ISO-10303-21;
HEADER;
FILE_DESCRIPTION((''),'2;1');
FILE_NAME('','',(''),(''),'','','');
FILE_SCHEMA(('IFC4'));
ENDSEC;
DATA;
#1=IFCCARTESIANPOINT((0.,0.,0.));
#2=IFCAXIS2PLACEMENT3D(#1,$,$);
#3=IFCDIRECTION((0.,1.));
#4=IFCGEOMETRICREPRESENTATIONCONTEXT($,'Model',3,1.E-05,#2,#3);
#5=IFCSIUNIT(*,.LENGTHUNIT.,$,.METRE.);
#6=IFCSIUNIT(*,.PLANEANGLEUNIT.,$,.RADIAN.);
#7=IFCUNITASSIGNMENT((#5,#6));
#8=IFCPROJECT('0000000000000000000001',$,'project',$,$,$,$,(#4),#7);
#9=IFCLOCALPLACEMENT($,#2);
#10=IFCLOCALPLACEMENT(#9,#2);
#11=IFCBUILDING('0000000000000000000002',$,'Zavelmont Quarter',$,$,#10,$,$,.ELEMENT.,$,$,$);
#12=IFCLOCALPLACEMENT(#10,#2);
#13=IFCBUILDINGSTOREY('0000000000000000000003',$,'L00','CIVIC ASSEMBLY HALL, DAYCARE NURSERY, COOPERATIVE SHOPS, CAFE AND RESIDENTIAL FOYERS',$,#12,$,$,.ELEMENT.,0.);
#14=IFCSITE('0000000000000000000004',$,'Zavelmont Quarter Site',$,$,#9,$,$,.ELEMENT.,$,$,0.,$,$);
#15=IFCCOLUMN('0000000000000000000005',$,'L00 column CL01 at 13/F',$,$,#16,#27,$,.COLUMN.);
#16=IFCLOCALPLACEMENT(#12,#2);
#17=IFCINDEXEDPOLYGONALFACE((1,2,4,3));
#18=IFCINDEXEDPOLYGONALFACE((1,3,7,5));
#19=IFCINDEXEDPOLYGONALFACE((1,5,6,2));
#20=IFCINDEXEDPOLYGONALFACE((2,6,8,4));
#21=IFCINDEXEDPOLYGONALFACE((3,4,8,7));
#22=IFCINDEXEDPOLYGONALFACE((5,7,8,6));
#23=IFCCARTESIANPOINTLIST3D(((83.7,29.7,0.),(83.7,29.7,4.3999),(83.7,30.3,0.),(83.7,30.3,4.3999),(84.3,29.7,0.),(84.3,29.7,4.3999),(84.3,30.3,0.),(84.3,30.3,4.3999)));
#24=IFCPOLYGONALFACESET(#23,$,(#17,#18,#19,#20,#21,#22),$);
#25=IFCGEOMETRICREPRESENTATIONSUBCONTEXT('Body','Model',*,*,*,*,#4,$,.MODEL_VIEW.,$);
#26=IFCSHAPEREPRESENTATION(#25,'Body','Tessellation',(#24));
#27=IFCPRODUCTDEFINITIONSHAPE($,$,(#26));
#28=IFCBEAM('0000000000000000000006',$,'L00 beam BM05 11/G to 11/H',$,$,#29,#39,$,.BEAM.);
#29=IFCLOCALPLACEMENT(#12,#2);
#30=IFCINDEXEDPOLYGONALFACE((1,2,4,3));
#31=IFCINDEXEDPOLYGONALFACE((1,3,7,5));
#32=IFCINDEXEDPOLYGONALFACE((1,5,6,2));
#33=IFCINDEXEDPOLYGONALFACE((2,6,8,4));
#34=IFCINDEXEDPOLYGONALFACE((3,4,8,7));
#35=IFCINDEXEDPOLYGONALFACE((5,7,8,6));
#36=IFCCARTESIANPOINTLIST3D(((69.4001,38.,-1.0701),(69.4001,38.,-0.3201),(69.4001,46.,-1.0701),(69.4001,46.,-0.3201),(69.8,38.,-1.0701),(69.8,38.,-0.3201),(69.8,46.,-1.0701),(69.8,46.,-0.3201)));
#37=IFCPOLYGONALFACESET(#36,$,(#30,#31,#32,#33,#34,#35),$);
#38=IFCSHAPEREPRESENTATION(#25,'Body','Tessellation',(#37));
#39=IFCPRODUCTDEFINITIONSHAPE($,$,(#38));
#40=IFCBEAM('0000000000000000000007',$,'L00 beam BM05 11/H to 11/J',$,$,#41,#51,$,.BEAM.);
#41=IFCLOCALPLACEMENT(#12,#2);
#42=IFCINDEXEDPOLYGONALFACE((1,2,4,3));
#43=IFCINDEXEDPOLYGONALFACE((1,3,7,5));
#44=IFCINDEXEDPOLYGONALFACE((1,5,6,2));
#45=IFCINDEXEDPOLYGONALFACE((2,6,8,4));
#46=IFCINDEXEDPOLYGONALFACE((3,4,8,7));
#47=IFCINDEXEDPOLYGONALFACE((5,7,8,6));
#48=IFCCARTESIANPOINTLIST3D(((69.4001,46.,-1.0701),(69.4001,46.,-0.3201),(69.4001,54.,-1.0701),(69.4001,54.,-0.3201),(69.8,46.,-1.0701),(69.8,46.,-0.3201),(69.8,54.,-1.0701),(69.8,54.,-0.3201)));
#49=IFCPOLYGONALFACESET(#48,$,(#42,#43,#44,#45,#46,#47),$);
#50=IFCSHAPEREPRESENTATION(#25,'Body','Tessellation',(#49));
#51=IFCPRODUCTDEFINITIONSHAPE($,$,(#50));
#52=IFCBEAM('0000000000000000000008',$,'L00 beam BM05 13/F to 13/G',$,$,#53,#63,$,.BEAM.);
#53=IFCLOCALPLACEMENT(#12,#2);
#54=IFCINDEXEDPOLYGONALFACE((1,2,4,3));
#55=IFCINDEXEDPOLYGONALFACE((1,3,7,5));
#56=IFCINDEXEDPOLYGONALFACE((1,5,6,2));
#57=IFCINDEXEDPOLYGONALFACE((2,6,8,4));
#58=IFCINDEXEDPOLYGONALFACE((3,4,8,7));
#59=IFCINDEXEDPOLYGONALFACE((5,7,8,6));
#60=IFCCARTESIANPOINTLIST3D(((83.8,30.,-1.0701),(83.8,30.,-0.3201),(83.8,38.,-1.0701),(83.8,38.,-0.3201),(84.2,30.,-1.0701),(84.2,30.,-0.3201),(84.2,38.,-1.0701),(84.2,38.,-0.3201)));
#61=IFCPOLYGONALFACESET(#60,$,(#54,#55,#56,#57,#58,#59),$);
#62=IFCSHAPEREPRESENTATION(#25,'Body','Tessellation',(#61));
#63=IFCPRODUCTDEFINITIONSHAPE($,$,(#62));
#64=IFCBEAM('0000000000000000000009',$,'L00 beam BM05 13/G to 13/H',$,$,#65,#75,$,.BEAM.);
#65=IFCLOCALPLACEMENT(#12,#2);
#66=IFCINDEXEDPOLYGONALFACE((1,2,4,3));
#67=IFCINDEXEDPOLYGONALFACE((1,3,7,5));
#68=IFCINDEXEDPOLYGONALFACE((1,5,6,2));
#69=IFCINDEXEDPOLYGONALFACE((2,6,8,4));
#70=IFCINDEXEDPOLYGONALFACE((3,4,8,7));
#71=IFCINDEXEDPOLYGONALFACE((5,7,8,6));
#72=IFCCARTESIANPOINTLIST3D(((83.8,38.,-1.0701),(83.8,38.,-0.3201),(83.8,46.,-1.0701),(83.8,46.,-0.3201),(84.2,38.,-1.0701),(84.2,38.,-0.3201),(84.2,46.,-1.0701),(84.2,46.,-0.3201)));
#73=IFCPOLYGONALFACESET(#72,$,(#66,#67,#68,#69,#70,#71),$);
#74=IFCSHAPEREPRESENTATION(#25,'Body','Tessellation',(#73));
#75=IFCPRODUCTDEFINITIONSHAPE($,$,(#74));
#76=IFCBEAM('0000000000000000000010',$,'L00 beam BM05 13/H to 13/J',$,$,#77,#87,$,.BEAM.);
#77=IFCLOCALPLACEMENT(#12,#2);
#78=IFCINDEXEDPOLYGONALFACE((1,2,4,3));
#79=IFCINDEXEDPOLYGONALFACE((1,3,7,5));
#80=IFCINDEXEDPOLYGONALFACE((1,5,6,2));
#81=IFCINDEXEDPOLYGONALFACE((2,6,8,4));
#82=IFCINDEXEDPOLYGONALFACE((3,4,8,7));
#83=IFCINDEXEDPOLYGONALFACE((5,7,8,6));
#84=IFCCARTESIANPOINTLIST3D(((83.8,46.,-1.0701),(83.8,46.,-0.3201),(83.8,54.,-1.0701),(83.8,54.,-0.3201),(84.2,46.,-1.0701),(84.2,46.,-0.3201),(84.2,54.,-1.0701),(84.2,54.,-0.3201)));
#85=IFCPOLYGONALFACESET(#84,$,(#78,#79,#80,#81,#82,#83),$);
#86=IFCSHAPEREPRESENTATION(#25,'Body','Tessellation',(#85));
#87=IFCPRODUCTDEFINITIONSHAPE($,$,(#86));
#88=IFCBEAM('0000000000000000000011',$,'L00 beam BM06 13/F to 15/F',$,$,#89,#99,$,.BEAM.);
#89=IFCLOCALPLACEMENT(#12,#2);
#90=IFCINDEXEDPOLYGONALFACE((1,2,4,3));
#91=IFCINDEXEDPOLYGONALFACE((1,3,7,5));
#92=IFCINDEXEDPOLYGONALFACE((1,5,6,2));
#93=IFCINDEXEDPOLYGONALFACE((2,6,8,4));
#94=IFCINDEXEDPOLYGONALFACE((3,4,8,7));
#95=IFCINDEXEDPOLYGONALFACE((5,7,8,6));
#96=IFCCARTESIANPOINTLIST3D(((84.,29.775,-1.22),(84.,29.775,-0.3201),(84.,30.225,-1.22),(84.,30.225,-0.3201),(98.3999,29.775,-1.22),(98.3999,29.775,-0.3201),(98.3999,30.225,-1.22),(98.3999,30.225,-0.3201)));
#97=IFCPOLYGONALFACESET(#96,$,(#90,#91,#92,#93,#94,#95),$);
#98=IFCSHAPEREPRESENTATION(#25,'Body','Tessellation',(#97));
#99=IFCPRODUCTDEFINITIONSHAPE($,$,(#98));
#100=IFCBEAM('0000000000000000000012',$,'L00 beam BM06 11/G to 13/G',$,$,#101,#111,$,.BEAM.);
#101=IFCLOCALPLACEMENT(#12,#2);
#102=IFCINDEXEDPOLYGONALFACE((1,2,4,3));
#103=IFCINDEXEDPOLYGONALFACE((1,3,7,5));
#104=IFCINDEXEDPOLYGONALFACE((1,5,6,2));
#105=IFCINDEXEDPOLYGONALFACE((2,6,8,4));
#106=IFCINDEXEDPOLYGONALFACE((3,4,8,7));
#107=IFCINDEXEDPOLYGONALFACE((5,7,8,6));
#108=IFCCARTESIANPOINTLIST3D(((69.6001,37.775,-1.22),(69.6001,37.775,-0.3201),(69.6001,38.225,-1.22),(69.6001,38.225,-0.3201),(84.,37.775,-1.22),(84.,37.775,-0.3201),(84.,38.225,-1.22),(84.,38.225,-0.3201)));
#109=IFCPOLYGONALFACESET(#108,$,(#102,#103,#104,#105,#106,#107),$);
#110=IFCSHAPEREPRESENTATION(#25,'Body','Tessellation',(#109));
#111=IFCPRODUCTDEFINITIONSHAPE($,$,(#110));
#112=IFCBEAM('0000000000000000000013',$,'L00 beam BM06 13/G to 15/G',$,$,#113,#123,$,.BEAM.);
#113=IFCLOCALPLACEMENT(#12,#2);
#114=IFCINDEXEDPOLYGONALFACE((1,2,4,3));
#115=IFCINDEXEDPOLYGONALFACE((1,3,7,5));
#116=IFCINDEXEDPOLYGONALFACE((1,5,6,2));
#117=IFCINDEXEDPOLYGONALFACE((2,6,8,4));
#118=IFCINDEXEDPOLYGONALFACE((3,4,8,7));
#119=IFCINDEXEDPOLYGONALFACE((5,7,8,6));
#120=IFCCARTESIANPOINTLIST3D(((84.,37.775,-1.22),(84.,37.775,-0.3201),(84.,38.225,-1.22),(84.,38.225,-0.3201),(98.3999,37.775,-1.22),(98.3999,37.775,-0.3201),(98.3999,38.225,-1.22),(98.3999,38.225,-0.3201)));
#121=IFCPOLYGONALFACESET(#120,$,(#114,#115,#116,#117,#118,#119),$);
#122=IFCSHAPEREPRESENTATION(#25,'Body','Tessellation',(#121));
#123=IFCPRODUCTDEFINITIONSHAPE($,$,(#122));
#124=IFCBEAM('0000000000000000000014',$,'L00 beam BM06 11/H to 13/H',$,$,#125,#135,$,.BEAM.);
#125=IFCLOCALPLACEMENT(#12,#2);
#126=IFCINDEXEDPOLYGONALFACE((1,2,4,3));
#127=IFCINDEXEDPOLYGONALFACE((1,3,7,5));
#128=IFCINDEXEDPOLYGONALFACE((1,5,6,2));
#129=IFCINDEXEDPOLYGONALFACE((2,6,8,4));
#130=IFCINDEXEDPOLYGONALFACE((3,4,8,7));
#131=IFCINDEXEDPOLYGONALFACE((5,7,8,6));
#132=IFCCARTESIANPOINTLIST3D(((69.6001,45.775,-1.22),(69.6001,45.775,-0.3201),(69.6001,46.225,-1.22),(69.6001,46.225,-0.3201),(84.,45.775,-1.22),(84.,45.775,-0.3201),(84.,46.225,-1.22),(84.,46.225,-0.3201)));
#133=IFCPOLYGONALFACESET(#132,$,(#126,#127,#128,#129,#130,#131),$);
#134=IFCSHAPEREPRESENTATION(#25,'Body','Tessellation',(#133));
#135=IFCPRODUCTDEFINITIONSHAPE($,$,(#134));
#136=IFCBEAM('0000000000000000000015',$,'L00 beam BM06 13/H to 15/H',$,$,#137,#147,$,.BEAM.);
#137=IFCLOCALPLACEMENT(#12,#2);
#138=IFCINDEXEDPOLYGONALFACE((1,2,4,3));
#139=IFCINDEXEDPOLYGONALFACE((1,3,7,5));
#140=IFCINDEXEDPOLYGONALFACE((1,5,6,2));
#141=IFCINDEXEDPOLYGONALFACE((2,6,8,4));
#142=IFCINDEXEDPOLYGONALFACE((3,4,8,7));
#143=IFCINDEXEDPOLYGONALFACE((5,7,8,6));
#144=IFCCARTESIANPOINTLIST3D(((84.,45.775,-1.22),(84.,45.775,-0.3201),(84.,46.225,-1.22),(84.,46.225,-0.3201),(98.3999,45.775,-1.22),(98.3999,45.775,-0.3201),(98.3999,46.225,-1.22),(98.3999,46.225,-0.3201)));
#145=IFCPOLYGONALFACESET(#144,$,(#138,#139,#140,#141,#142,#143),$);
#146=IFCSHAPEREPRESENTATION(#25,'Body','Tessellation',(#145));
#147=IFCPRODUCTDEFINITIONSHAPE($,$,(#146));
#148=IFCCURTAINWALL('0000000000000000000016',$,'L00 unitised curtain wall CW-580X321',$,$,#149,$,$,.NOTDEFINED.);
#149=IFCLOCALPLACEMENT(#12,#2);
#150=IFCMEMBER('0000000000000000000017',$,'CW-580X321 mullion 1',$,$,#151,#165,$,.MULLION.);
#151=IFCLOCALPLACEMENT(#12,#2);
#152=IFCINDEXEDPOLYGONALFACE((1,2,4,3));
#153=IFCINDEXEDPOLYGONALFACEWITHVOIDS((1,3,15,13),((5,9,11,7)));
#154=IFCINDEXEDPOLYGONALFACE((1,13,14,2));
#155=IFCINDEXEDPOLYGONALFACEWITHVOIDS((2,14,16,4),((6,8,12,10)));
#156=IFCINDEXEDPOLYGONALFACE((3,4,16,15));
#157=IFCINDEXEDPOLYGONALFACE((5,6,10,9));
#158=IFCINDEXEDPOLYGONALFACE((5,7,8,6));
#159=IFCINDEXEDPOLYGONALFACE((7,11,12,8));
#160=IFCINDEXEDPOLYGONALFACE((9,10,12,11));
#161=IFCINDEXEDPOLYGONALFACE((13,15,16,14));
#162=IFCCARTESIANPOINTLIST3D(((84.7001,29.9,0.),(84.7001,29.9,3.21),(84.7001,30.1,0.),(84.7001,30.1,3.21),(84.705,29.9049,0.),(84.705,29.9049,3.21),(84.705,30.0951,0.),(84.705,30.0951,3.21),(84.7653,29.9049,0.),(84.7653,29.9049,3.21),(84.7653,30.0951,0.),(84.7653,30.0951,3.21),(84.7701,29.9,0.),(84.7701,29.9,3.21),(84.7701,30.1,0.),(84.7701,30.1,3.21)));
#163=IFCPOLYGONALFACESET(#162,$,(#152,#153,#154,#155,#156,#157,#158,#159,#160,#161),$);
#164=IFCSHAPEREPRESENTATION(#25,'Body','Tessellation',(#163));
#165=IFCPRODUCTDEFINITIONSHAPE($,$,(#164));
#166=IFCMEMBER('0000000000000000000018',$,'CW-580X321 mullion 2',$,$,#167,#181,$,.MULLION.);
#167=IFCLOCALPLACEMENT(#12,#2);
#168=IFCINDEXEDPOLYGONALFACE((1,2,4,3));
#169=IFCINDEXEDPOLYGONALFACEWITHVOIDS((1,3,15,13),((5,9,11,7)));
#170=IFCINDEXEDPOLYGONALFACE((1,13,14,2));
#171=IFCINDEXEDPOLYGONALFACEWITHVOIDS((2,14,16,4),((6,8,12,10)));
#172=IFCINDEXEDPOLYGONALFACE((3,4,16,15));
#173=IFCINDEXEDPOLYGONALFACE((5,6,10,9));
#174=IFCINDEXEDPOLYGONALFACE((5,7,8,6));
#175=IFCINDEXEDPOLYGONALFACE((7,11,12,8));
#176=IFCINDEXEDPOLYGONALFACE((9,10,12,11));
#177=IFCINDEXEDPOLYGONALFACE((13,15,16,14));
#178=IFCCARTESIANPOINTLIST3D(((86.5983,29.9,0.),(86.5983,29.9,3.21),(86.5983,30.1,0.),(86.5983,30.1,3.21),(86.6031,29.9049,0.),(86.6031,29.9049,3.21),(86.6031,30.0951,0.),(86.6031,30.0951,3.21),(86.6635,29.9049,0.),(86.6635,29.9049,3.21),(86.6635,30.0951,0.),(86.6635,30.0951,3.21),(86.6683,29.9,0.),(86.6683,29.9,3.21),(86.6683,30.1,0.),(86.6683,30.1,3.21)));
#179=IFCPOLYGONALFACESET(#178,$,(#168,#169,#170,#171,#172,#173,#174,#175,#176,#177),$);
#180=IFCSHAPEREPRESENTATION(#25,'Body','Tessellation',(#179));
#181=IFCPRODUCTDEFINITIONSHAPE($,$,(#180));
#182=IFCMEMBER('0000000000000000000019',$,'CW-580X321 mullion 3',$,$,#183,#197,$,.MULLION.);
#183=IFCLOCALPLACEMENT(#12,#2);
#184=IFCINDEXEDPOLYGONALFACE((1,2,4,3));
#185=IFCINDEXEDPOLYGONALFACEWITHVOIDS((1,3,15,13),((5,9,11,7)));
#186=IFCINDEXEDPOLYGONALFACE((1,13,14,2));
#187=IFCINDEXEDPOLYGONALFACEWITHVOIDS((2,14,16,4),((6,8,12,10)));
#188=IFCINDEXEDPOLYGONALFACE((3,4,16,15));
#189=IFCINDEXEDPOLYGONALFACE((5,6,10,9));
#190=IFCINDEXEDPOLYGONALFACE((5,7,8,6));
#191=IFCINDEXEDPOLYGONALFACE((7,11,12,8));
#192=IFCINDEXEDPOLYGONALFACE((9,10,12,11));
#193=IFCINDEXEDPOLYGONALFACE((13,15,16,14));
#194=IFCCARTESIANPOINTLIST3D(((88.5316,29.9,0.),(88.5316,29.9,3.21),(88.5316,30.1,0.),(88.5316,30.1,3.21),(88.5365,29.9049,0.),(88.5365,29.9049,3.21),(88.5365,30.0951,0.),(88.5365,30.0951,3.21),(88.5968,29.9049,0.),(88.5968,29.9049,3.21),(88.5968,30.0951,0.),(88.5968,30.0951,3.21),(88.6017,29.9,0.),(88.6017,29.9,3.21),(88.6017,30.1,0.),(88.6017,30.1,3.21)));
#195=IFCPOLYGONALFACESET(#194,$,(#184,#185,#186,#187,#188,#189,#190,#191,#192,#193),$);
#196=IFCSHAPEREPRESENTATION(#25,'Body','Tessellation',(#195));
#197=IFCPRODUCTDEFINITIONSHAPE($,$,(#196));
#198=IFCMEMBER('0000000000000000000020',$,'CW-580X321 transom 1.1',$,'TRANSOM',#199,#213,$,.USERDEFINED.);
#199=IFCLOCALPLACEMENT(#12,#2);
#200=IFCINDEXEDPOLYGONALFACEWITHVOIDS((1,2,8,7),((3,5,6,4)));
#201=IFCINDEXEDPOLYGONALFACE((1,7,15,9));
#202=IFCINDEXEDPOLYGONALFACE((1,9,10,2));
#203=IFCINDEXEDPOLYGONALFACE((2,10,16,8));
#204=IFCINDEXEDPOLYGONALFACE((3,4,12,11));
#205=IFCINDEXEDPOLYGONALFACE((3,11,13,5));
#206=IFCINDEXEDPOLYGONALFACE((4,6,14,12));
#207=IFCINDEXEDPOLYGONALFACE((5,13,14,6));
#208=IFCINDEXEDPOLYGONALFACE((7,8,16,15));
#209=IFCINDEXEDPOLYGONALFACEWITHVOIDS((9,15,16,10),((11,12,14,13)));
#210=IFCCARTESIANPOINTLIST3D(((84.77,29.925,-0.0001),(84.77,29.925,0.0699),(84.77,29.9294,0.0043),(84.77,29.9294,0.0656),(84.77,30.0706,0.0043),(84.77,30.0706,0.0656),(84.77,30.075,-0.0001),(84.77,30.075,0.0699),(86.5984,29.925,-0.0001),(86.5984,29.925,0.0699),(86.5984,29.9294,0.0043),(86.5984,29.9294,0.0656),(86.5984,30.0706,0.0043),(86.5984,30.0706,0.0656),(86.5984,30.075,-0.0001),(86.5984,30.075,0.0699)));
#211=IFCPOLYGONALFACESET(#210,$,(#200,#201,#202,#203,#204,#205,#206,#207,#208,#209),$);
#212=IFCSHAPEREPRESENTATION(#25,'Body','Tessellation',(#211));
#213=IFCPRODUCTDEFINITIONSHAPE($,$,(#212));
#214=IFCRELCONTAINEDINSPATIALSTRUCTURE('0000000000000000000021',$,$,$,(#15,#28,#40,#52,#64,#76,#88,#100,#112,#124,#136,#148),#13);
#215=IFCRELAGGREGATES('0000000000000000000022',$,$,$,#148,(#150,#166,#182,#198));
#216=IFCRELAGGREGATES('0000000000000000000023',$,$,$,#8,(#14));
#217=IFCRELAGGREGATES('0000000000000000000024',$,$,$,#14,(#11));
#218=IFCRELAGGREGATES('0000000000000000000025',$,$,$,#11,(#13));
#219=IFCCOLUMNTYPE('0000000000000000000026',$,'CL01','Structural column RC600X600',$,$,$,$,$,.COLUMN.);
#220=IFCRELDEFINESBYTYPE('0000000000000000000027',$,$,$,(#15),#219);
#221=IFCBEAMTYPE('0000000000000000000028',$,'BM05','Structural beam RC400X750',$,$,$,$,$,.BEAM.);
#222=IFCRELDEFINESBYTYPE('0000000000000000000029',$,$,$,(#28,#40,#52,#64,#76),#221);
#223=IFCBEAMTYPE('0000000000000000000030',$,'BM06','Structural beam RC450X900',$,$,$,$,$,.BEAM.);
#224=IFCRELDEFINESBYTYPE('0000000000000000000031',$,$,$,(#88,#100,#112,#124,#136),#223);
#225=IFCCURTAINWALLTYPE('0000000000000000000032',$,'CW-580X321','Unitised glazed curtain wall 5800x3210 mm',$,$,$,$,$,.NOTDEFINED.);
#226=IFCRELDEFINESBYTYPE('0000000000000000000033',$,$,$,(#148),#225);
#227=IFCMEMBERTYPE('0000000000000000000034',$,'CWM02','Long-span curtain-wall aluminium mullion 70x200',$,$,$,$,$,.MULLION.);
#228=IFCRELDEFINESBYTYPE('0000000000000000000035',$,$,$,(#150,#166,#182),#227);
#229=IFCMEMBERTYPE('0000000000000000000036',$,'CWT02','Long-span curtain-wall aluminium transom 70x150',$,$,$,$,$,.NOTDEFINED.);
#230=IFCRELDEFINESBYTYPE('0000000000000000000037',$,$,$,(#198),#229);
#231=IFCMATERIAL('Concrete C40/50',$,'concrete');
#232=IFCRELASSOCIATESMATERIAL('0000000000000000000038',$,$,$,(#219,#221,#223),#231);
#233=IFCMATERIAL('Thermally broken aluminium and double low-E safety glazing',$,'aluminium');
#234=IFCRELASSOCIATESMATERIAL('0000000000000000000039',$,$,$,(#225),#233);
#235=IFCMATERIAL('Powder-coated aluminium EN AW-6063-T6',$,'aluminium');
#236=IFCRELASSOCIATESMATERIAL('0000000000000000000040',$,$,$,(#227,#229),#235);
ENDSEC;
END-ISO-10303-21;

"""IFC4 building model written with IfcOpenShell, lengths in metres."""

from ifc_helpers import new_model, si_unit, direction, frame, origin, origin_2d, place, context, subcontext, project, spatial, rectangle, hollow_rectangle, extrude, material, material_profile, profile_set, type_object, element, aggregate, save


model = new_model("IFC4")

# Units and contexts
model_context = context("Model", 3, precision=1e-05, world=origin(), true_north=direction((0.0, 1.0)))
body_context = subcontext(model_context, "Body", "Model", "MODEL_VIEW")
ifc_project = project(units=[si_unit("LENGTHUNIT", "METRE"), si_unit("PLANEANGLEUNIT", "RADIAN")], contexts=[model_context])

# Site, building, storey
site_placement = place(None, origin())
site = spatial("IfcSite", under=ifc_project, at=site_placement, Name="Zavelmont Quarter Site", CompositionType="ELEMENT", RefElevation=0.0)
building_placement = place(site_placement, origin())
building = spatial("IfcBuilding", under=site, at=building_placement, Name="Zavelmont Quarter", CompositionType="ELEMENT")
storey_placement = place(building_placement, origin())
storey = spatial("IfcBuildingStorey", under=building, at=storey_placement, Name="L00", Description="CIVIC ASSEMBLY HALL, DAYCARE NURSERY, COOPERATIVE SHOPS, CAFE AND RESIDENTIAL FOYERS", CompositionType="ELEMENT", Elevation=0.0)

# Column
ifc_material_1 = material(Name="Concrete C40/50", Category="concrete")
ifc_material_profile_1 = material_profile(ifc_material_1, rectangle(XDim=0.6001, YDim=0.6001, at=origin_2d()), Name="RC600X600")
ifc_profile_set_1 = profile_set([ifc_material_profile_1], Name="Concrete C40/50")
column_type = type_object("IfcColumnType", Name="CL01", Description="Structural column RC600X600", PredefinedType="COLUMN", material=ifc_profile_set_1)
column_placement = place(storey_placement, frame((84.0, 30.0, 0.0), z_axis=(0.0, 0.0, 1.0), x_axis=(1.0, 0.0, 0.0)))
element("IfcColumn", 1, at=column_placement, inside=storey, type_object=column_type, Name="L00 column CL01 at 13/F", PredefinedType="COLUMN", context=body_context, shape_type="SweptSolid", body=[
    extrude(rectangle(XDim=0.6001, YDim=0.6001, at=origin_2d()), origin(), (0.0, 0.0, 1.0), 4.3999),
])

# Beams
ifc_material_profile_2 = material_profile(ifc_material_1, rectangle(XDim=0.3999, YDim=0.75, at=origin_2d()), Name="RC400X750")
ifc_profile_set_2 = profile_set([ifc_material_profile_2], Name="Concrete C40/50")
beam_type_1 = type_object("IfcBeamType", Name="BM05", Description="Structural beam RC400X750", PredefinedType="BEAM", material=ifc_profile_set_2)
for number, where, z_axis, x_axis, name in (
    (2, (69.6001, 38.0, -0.6951), (0.0, 1.0, 0.0), (-1.0, 0.0, 0.0), "L00 beam BM05 11/G to 11/H"),
    (3, (69.6001, 46.0, -0.6951), (0.0, 1.0, 0.0), (-1.0, 0.0, 0.0), "L00 beam BM05 11/H to 11/J"),
    (4, (84.0, 30.0, -0.6951), (0.0, 1.0, 0.0), (-1.0, 0.0, 0.0), "L00 beam BM05 13/F to 13/G"),
    (5, (84.0, 38.0, -0.6951), (0.0, 1.0, 0.0), (-1.0, 0.0, 0.0), "L00 beam BM05 13/G to 13/H"),
    (6, (84.0, 46.0, -0.6951), (0.0, 1.0, 0.0), (-1.0, 0.0, 0.0), "L00 beam BM05 13/H to 13/J"),
):
    element("IfcBeam", number, at=place(storey_placement, frame(where, z_axis=z_axis, x_axis=x_axis)), inside=storey, type_object=beam_type_1, Name=name, PredefinedType="BEAM", context=body_context, shape_type="SweptSolid", body=[
        extrude(rectangle(XDim=0.3999, YDim=0.75, at=origin_2d()), origin(), (0.0, 0.0, 1.0), 8.0),
    ])
ifc_material_profile_3 = material_profile(ifc_material_1, rectangle(XDim=0.45, YDim=0.8999, at=origin_2d()), Name="RC450X900")
ifc_profile_set_3 = profile_set([ifc_material_profile_3], Name="Concrete C40/50")
beam_type_2 = type_object("IfcBeamType", Name="BM06", Description="Structural beam RC450X900", PredefinedType="BEAM", material=ifc_profile_set_3)
for number, where, z_axis, x_axis, name in (
    (7, (84.0, 30.0, -0.77), (1.0, 0.0, 0.0), (0.0, 1.0, 0.0), "L00 beam BM06 13/F to 15/F"),
    (8, (69.6001, 38.0, -0.77), (1.0, 0.0, 0.0), (0.0, 1.0, 0.0), "L00 beam BM06 11/G to 13/G"),
    (9, (84.0, 38.0, -0.77), (1.0, 0.0, 0.0), (0.0, 1.0, 0.0), "L00 beam BM06 13/G to 15/G"),
    (10, (69.6001, 46.0, -0.77), (1.0, 0.0, 0.0), (0.0, 1.0, 0.0), "L00 beam BM06 11/H to 13/H"),
    (11, (84.0, 46.0, -0.77), (1.0, 0.0, 0.0), (0.0, 1.0, 0.0), "L00 beam BM06 13/H to 15/H"),
):
    element("IfcBeam", number, at=place(storey_placement, frame(where, z_axis=z_axis, x_axis=x_axis)), inside=storey, type_object=beam_type_2, Name=name, PredefinedType="BEAM", context=body_context, shape_type="SweptSolid", body=[
        extrude(rectangle(XDim=0.45, YDim=0.8999, at=origin_2d()), origin(), (0.0, 0.0, 1.0), 14.3999),
    ])

# Curtain wall, members
ifc_material_2 = material(Name="Thermally broken aluminium and double low-E safety glazing", Category="aluminium")
curtain_wall_type = type_object("IfcCurtainWallType", Name="CW-580X321", Description="Unitised glazed curtain wall 5800x3210 mm", PredefinedType="NOTDEFINED", material=ifc_material_2)
curtain_wall_placement = place(storey_placement, origin())
curtain_wall = element("IfcCurtainWall", 12, at=curtain_wall_placement, inside=storey, type_object=curtain_wall_type, Name="L00 unitised curtain wall CW-580X321", PredefinedType="NOTDEFINED")
ifc_material_3 = material(Name="Powder-coated aluminium EN AW-6063-T6", Category="aluminium")
ifc_material_profile_4 = material_profile(ifc_material_3, hollow_rectangle(XDim=0.0701, YDim=0.2, WallThickness=0.0049, at=origin_2d()), Name="CWM70X200")
ifc_profile_set_4 = profile_set([ifc_material_profile_4], Name="Powder-coated aluminium EN AW-6063-T6")
member_type_1 = type_object("IfcMemberType", Name="CWM02", Description="Long-span curtain-wall aluminium mullion 70x200", PredefinedType="MULLION", material=ifc_profile_set_4)
member_1_placement = place(storey_placement, frame((84.7351, 30.0, 0.0), z_axis=(0.0, 0.0, 1.0), x_axis=(1.0, 0.0, 0.0)))
member_1 = element("IfcMember", 13, at=member_1_placement, type_object=member_type_1, Name="CW-580X321 mullion 1", PredefinedType="MULLION", context=body_context, shape_type="SweptSolid", body=[
    extrude(hollow_rectangle(XDim=0.0701, YDim=0.2, WallThickness=0.0049, at=origin_2d()), origin(), (0.0, 0.0, 1.0), 3.21),
])
member_2_placement = place(storey_placement, frame((86.6333, 30.0, 0.0), z_axis=(0.0, 0.0, 1.0), x_axis=(1.0, 0.0, 0.0)))
member_2 = element("IfcMember", 14, at=member_2_placement, type_object=member_type_1, Name="CW-580X321 mullion 2", PredefinedType="MULLION", context=body_context, shape_type="SweptSolid", body=[
    extrude(hollow_rectangle(XDim=0.0701, YDim=0.2, WallThickness=0.0049, at=origin_2d()), origin(), (0.0, 0.0, 1.0), 3.21),
])
member_3_placement = place(storey_placement, frame((88.5667, 30.0, 0.0), z_axis=(0.0, 0.0, 1.0), x_axis=(1.0, 0.0, 0.0)))
member_3 = element("IfcMember", 15, at=member_3_placement, type_object=member_type_1, Name="CW-580X321 mullion 3", PredefinedType="MULLION", context=body_context, shape_type="SweptSolid", body=[
    extrude(hollow_rectangle(XDim=0.0701, YDim=0.2, WallThickness=0.0049, at=origin_2d()), origin(), (0.0, 0.0, 1.0), 3.21),
])
ifc_material_profile_5 = material_profile(ifc_material_3, hollow_rectangle(XDim=0.1499, YDim=0.0701, WallThickness=0.0044, at=origin_2d()), Name="CWT70X150")
ifc_profile_set_5 = profile_set([ifc_material_profile_5], Name="Powder-coated aluminium EN AW-6063-T6")
member_type_2 = type_object("IfcMemberType", Name="CWT02", Description="Long-span curtain-wall aluminium transom 70x150", PredefinedType="NOTDEFINED", material=ifc_profile_set_5)
member_4_placement = place(storey_placement, frame((84.77, 30.0, 0.0349), z_axis=(1.0, 0.0, 0.0), x_axis=(0.0, 1.0, 0.0)))
member_4 = element("IfcMember", 16, at=member_4_placement, type_object=member_type_2, Name="CW-580X321 transom 1.1", ObjectType="TRANSOM", PredefinedType="USERDEFINED", context=body_context, shape_type="SweptSolid", body=[
    extrude(hollow_rectangle(XDim=0.1499, YDim=0.0701, WallThickness=0.0044, at=origin_2d()), origin(), (0.0, 0.0, 1.0), 1.8284),
])
aggregate(curtain_wall, [member_1, member_2, member_3, member_4])

save(model, "model.ifc")
